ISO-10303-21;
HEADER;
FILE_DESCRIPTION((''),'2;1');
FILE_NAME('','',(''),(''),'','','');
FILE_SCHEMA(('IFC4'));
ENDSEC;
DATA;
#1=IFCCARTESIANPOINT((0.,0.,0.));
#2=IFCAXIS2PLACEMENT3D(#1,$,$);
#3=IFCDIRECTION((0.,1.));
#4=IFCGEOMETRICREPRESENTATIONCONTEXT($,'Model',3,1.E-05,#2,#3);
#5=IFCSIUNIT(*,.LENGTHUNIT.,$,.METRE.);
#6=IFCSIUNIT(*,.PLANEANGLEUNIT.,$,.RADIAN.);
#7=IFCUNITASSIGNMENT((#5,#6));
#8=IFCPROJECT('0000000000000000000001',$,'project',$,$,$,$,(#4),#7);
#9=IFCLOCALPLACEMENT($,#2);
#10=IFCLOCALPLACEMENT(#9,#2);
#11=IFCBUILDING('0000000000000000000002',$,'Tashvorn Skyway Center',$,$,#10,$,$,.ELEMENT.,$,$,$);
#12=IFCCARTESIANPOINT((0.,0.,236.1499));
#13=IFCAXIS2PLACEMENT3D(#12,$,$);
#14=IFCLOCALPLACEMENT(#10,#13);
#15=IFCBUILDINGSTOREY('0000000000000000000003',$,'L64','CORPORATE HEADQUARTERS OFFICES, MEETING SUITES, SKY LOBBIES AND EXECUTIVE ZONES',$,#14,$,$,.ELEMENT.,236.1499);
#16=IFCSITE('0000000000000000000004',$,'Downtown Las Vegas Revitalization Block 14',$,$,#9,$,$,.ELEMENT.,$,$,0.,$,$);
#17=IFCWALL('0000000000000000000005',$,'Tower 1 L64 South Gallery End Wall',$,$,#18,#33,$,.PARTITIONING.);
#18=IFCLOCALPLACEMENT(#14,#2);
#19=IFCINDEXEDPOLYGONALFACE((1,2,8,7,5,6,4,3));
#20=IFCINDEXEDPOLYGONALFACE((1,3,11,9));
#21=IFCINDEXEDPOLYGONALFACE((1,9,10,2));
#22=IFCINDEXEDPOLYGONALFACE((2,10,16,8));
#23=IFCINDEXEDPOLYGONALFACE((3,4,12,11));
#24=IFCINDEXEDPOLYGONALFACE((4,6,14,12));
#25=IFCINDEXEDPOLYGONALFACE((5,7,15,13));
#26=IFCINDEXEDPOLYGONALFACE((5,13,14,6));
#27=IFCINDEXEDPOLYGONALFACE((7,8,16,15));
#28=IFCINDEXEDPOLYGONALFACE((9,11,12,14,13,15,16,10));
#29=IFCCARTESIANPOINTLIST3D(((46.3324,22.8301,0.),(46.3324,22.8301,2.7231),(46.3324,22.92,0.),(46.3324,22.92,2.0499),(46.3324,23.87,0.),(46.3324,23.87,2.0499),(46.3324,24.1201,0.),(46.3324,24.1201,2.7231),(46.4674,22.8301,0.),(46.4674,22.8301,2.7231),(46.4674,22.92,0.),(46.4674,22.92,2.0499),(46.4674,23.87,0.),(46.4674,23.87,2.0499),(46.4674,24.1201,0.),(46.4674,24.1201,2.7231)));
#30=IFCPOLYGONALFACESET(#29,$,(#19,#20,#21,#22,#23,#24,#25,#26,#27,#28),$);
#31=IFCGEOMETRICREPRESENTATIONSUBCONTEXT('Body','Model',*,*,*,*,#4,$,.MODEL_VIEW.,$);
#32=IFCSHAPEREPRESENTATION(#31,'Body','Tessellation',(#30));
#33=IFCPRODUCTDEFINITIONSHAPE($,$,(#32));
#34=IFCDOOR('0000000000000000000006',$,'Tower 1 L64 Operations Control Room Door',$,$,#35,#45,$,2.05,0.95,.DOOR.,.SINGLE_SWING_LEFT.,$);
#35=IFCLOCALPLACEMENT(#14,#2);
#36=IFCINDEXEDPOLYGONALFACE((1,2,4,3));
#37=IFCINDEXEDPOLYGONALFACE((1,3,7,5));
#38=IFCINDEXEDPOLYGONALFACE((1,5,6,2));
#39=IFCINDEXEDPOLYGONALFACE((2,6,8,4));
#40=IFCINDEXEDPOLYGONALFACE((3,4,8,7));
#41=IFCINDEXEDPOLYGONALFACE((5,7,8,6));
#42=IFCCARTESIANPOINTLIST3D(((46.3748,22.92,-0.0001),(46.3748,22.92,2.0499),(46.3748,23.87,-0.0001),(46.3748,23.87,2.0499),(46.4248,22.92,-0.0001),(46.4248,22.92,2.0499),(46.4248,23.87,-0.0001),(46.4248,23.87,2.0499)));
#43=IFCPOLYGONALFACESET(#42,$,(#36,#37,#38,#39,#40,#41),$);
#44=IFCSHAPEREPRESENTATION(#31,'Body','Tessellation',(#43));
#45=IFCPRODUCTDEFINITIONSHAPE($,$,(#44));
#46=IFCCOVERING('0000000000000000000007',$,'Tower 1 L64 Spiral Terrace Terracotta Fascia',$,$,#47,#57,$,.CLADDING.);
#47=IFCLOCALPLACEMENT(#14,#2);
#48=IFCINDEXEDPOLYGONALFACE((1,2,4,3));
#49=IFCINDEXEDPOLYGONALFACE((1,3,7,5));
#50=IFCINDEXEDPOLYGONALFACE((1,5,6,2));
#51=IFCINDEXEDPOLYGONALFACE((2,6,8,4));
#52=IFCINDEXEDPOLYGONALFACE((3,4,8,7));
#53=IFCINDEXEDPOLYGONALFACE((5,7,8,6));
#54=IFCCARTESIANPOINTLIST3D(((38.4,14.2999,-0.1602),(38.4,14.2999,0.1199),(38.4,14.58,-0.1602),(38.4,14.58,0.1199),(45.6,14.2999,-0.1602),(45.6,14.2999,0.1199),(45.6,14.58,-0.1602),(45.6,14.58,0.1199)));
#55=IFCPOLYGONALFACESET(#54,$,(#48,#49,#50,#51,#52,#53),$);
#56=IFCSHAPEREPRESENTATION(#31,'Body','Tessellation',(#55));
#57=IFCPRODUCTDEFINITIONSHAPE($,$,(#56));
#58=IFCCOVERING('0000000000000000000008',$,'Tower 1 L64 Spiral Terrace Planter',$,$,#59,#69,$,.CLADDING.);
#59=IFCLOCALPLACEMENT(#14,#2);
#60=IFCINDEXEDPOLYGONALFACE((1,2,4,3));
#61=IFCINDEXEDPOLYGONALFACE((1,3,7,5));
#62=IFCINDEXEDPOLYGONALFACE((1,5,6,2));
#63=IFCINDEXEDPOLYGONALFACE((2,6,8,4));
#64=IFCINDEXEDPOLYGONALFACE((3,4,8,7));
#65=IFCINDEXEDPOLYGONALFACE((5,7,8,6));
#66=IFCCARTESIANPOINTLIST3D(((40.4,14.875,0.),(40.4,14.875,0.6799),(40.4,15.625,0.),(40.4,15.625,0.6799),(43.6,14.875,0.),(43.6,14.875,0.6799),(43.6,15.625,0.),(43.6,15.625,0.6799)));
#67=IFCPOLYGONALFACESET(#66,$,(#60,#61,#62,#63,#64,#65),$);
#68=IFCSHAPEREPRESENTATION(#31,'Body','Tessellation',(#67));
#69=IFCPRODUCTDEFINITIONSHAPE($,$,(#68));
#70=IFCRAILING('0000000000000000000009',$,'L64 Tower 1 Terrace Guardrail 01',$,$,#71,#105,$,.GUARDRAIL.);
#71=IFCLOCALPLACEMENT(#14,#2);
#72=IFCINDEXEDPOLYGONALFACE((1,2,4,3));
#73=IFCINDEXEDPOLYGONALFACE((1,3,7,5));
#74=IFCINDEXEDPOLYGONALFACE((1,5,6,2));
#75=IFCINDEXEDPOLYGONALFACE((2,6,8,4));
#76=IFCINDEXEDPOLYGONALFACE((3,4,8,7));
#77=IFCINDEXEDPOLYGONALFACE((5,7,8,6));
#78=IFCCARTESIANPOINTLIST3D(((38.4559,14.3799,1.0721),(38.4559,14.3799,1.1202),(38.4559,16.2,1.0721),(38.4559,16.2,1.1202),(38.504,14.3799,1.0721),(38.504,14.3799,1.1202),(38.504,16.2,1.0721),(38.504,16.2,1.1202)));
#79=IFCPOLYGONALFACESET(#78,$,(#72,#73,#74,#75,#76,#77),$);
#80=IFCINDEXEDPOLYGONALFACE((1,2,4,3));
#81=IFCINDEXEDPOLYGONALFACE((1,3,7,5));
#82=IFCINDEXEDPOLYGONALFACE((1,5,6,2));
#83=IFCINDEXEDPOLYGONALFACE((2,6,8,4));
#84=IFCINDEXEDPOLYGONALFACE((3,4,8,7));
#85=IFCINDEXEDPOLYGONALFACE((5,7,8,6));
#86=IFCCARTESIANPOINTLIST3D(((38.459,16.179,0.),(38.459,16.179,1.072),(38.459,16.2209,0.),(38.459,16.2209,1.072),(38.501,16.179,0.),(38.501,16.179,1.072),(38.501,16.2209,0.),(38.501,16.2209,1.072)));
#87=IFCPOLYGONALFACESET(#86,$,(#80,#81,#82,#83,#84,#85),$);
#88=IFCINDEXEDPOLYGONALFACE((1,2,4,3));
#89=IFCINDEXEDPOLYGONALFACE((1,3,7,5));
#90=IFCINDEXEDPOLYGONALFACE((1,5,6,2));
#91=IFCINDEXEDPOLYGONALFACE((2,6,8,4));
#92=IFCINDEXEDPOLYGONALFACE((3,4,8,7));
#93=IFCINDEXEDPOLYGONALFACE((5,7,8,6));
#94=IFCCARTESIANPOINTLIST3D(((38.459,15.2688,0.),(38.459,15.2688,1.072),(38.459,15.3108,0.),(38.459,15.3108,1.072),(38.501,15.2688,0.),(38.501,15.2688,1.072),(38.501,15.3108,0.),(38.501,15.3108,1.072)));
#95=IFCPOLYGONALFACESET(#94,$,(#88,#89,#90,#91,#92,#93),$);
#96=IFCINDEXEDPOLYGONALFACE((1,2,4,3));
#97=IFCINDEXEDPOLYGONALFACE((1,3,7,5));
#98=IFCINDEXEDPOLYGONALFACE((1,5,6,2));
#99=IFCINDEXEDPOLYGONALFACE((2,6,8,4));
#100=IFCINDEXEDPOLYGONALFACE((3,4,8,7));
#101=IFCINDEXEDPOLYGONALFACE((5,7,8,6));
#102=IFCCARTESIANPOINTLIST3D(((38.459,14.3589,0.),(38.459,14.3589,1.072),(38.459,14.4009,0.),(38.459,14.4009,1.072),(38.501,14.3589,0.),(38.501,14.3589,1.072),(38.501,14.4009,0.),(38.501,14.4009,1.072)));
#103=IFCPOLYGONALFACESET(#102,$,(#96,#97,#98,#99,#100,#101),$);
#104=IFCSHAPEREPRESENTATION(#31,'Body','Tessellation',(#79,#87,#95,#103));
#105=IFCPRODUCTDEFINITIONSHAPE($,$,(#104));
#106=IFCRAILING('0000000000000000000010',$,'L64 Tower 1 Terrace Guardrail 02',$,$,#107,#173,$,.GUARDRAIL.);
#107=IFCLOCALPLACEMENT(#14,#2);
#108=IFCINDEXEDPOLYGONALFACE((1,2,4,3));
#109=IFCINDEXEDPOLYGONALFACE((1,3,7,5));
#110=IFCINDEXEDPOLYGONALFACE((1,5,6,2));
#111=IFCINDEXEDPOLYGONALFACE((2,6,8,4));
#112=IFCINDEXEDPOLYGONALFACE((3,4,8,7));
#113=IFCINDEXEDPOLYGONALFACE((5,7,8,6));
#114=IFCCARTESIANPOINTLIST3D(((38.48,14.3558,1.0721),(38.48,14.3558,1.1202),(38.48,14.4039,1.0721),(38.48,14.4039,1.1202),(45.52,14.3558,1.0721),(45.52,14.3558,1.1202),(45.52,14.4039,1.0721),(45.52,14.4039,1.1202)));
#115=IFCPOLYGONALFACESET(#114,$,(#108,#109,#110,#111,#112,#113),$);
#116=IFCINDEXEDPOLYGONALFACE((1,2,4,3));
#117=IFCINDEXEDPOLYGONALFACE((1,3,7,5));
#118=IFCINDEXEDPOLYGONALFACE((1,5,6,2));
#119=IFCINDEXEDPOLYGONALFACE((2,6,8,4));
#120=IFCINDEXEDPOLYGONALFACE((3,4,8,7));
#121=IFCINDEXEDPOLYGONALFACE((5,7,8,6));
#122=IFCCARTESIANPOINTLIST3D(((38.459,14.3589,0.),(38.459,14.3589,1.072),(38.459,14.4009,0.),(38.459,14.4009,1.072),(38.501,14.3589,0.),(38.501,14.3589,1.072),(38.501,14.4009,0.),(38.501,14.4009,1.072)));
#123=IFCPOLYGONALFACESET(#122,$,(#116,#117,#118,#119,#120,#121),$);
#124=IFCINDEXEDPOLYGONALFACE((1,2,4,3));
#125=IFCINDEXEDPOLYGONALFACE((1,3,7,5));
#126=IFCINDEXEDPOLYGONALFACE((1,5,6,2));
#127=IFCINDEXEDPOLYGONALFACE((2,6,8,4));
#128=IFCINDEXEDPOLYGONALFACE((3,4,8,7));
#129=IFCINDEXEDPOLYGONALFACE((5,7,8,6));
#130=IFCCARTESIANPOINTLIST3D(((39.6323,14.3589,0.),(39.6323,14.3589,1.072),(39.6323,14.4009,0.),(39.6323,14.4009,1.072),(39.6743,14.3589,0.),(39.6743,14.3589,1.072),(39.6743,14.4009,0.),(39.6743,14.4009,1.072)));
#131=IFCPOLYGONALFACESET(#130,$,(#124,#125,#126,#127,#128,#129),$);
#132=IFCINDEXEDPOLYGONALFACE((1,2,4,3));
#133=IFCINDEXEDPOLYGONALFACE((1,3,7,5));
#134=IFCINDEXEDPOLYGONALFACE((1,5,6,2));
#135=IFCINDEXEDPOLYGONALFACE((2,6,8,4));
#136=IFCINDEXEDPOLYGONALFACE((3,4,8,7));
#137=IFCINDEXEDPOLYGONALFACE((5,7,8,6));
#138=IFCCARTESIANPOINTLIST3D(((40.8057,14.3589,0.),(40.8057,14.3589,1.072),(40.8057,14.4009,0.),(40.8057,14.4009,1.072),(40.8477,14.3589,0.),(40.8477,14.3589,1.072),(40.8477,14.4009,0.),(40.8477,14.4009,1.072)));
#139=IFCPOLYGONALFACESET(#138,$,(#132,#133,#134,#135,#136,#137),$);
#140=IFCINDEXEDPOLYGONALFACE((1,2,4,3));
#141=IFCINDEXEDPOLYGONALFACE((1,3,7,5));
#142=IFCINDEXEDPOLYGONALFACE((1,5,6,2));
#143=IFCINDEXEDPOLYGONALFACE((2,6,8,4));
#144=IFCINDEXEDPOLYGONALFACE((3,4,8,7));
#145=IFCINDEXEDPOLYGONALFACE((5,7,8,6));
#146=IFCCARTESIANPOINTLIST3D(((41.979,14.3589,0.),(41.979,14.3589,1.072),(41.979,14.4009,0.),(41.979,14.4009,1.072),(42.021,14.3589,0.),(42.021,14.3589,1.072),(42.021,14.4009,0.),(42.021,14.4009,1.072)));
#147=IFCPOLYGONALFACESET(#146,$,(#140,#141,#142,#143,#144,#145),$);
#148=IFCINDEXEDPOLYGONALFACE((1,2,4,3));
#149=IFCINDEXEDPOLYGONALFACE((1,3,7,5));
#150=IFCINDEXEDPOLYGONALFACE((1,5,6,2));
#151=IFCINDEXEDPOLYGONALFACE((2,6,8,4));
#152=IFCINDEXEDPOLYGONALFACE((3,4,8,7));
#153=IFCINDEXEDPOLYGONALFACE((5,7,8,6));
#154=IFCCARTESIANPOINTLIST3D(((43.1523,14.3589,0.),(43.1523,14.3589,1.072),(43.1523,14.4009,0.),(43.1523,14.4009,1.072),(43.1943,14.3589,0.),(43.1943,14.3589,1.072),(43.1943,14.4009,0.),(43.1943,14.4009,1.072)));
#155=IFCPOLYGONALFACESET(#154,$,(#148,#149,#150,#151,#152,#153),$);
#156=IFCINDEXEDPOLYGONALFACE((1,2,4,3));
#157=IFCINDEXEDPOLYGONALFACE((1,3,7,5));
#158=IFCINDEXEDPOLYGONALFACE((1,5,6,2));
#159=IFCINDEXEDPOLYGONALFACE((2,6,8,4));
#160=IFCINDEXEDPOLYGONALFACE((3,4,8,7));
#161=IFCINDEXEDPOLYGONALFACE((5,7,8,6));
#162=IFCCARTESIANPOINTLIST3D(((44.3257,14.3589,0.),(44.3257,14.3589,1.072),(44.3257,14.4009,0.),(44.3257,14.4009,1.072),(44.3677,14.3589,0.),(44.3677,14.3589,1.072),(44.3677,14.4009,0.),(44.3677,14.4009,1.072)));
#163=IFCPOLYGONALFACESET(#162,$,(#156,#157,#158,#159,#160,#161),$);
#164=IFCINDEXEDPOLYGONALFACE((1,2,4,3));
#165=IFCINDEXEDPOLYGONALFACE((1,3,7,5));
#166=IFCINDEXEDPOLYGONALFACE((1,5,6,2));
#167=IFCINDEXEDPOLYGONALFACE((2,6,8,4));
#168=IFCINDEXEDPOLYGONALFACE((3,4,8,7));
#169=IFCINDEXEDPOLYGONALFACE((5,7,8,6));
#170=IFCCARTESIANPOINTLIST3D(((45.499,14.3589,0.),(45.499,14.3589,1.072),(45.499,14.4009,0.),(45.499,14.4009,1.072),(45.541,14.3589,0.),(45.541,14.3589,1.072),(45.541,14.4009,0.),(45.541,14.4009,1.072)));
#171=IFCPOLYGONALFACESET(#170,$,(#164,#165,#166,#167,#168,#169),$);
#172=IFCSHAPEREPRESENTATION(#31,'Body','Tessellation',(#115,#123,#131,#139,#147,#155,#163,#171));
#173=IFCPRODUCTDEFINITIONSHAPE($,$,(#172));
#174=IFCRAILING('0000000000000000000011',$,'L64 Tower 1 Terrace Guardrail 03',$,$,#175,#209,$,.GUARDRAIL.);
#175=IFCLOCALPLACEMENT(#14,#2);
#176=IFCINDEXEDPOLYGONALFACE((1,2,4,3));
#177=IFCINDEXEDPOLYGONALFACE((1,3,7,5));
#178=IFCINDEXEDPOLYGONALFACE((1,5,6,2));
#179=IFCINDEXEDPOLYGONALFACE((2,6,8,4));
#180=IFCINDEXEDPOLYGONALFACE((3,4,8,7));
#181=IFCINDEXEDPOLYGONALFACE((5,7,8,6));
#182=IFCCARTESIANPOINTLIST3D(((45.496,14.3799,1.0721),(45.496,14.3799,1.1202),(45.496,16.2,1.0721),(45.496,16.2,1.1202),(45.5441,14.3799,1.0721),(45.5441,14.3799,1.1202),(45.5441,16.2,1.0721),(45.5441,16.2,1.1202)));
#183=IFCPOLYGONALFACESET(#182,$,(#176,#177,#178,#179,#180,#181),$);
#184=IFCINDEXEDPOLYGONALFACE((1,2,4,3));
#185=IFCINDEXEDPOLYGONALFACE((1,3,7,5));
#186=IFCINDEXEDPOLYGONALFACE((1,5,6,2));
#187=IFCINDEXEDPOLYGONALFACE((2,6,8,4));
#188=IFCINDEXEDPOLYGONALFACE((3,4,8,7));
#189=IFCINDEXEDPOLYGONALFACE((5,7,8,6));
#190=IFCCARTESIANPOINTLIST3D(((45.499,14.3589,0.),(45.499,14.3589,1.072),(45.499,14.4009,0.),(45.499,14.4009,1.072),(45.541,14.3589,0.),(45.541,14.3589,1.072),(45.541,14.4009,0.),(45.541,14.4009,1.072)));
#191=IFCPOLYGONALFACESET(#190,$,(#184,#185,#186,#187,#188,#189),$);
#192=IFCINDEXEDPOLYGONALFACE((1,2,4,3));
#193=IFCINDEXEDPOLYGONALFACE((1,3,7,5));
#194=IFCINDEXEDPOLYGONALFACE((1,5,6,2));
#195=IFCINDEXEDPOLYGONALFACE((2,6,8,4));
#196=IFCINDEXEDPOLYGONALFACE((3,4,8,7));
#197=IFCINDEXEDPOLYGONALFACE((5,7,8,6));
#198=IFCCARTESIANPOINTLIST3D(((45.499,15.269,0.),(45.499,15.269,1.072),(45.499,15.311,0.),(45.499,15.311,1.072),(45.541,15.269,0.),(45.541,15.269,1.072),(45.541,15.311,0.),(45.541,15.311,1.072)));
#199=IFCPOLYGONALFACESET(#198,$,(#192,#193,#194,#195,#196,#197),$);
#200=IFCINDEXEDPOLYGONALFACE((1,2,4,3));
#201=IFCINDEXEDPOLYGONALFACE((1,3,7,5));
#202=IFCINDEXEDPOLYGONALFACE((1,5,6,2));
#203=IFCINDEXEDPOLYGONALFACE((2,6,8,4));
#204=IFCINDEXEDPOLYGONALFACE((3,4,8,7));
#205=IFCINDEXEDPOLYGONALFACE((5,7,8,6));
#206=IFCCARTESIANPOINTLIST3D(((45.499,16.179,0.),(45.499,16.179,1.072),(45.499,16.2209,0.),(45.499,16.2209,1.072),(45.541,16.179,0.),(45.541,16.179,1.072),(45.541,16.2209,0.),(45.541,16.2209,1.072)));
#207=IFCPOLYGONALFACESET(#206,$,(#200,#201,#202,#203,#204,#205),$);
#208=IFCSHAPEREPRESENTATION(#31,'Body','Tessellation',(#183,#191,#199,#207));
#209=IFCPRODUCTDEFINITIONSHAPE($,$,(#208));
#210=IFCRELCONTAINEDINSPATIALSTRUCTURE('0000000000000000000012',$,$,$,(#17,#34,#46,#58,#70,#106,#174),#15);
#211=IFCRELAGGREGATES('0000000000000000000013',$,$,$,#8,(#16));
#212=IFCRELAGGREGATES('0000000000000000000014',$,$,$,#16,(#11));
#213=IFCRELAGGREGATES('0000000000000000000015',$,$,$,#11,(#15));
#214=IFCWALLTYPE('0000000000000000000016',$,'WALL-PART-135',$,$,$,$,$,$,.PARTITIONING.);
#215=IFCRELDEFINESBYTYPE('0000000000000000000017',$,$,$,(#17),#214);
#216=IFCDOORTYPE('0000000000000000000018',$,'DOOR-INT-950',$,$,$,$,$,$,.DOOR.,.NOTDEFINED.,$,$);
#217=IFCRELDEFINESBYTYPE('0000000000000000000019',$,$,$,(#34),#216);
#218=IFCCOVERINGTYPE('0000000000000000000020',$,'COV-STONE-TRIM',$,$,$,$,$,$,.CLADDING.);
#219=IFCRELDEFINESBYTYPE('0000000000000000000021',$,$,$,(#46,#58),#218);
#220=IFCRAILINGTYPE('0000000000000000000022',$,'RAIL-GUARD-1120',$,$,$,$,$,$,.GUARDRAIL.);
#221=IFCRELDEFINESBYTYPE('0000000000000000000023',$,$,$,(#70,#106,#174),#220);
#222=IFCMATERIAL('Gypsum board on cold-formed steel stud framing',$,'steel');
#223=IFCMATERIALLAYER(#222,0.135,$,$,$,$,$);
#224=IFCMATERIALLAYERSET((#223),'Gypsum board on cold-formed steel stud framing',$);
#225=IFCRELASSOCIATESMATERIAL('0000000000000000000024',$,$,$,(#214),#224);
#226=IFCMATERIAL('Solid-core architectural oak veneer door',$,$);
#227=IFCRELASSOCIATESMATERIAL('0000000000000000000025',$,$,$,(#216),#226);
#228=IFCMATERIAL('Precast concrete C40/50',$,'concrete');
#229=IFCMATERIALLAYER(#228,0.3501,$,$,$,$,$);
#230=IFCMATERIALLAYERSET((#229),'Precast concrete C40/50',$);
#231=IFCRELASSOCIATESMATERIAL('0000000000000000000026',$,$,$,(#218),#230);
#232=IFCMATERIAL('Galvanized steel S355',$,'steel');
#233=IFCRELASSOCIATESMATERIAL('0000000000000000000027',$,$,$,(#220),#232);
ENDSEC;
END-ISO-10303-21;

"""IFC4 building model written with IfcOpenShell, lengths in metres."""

from ifc_helpers import new_model, si_unit, direction, frame, frame_2d, origin, origin_2d, place, context, subcontext, project, spatial, rectangle, extrude, material, layer, layer_set, type_object, element, fill, save


model = new_model("IFC4")

# Units and contexts
model_context = context("Model", 3, precision=1e-05, world=origin(), true_north=direction((0.0, 1.0)))
body_context = subcontext(model_context, "Body", "Model", "MODEL_VIEW")
ifc_project = project(units=[si_unit("LENGTHUNIT", "METRE"), si_unit("PLANEANGLEUNIT", "RADIAN")], contexts=[model_context])

# Site, building, storey
site_placement = place(None, origin())
site = spatial("IfcSite", under=ifc_project, at=site_placement, Name="Downtown Las Vegas Revitalization Block 14", CompositionType="ELEMENT", RefElevation=0.0)
building_placement = place(site_placement, origin())
building = spatial("IfcBuilding", under=site, at=building_placement, Name="Tashvorn Skyway Center", CompositionType="ELEMENT")
storey_placement = place(building_placement, frame((0.0, 0.0, 236.1499)))
storey = spatial("IfcBuildingStorey", under=building, at=storey_placement, Name="L64", Description="CORPORATE HEADQUARTERS OFFICES, MEETING SUITES, SKY LOBBIES AND EXECUTIVE ZONES", CompositionType="ELEMENT", Elevation=236.1499)

# Shared definitions
ifc_material_1 = material(Name="Precast concrete C40/50", Category="concrete")

# Shared definitions
ifc_material_2 = material(Name="Gypsum board on cold-formed steel stud framing", Category="steel")

# Shared definitions
ifc_layer_1 = layer(ifc_material_2, 0.135)
ifc_layer_set_1 = layer_set([ifc_layer_1], Name="Gypsum board on cold-formed steel stud framing")
wall_type_1 = type_object("IfcWallType", Name="WALL-PART-135", PredefinedType="PARTITIONING", material=ifc_layer_set_1)
ifc_material_3 = material(Name="Solid-core architectural oak veneer door")
door_type_1 = type_object("IfcDoorType", Name="DOOR-INT-950", OperationType="NOTDEFINED", PredefinedType="DOOR", material=ifc_material_3)

# Wall, opening, door
wall_1_placement = place(storey_placement, frame((46.3999, 24.1201, 0.0), z_axis=(0.0, 0.0, 1.0), x_axis=(0.0, -1.0, 0.0)))
wall_1 = element("IfcWall", 1, at=wall_1_placement, inside=storey, type_object=wall_type_1, Name="Tower 1 L64 South Gallery End Wall", PredefinedType="PARTITIONING", context=body_context, shape_type="SweptSolid", body=[
    extrude(rectangle(XDim=1.29, YDim=0.135, at=frame_2d((0.645, 0.0))), origin(), (0.0, 0.0, 1.0), 2.7231),
])
opening_1_placement = place(wall_1_placement, frame((0.25, 0.0, 0.0)))
opening_1 = element("IfcOpeningElement", 2, at=opening_1_placement, cuts=wall_1, PredefinedType="OPENING", context=body_context, shape_type="SweptSolid", body=[
    extrude(rectangle(XDim=0.95, YDim=2.05, at=frame_2d((0.4751, 1.0249))), frame((0.0, 0.0774, 0.0), z_axis=(0.0, -1.0, 0.0), x_axis=(1.0, 0.0, 0.0)), (0.0, 0.0, 1.0), 0.155),
])
door_1_placement = place(opening_1_placement, origin())
door_1 = element("IfcDoor", 3, at=door_1_placement, inside=storey, type_object=door_type_1, Name="Tower 1 L64 Operations Control Room Door", OperationType="SINGLE_SWING_LEFT", OverallHeight=2.05, OverallWidth=0.95, PredefinedType="DOOR", context=body_context, shape_type="SweptSolid", body=[
    extrude(rectangle(XDim=0.95, YDim=2.05, at=frame_2d((0.4751, 1.0249))), frame((0.0, 0.0249, 0.0), z_axis=(0.0, -1.0, 0.0), x_axis=(1.0, 0.0, 0.0)), (0.0, 0.0, 1.0), 0.05),
])
fill(opening_1, door_1)

# Coverings
ifc_layer_2 = layer(ifc_material_1, 0.3501)
ifc_layer_set_2 = layer_set([ifc_layer_2], Name="Precast concrete C40/50")
covering_type = type_object("IfcCoveringType", Name="COV-STONE-TRIM", PredefinedType="CLADDING", material=ifc_layer_set_2)
covering_1_placement = place(storey_placement, frame((42.0, 14.4399, -0.1602), z_axis=(0.0, 0.0, 1.0), x_axis=(-1.0, 0.0, 0.0)))
element("IfcCovering", 4, at=covering_1_placement, inside=storey, type_object=covering_type, Name="Tower 1 L64 Spiral Terrace Terracotta Fascia", PredefinedType="CLADDING", context=body_context, shape_type="SweptSolid", body=[
    extrude(rectangle(XDim=7.2, YDim=0.28, at=origin_2d()), origin(), (0.0, 0.0, 1.0), 0.28),
])
covering_2_placement = place(storey_placement, frame((42.0, 15.25, 0.0), z_axis=(0.0, 0.0, 1.0), x_axis=(-1.0, 0.0, 0.0)))
element("IfcCovering", 5, at=covering_2_placement, inside=storey, type_object=covering_type, Name="Tower 1 L64 Spiral Terrace Planter", PredefinedType="CLADDING", context=body_context, shape_type="SweptSolid", body=[
    extrude(rectangle(XDim=3.2, YDim=0.75, at=origin_2d()), origin(), (0.0, 0.0, 1.0), 0.6799),
])

# Railings
ifc_material_4 = material(Name="Galvanized steel S355", Category="steel")
railing_type = type_object("IfcRailingType", Name="RAIL-GUARD-1120", PredefinedType="GUARDRAIL", material=ifc_material_4)
railing_1_placement = place(storey_placement, frame((38.48, 16.2, 0.0)))
element("IfcRailing", 6, at=railing_1_placement, inside=storey, type_object=railing_type, Name="L64 Tower 1 Terrace Guardrail 01", PredefinedType="GUARDRAIL", context=body_context, shape_type="SweptSolid", body=[
    extrude(rectangle(XDim=0.0481, YDim=0.0481, at=origin_2d()), frame((0.0, 0.0, 1.0962), z_axis=(0.0, -1.0, 0.0), x_axis=(1.0, 0.0, 0.0)), (0.0, 0.0, 1.0), 1.8201),
    extrude(rectangle(XDim=0.042, YDim=0.042, at=origin_2d()), origin(), (0.0, 0.0, 1.0), 1.072),
    extrude(rectangle(XDim=0.042, YDim=0.042, at=origin_2d()), frame((0.0, -0.9102, 0.0)), (0.0, 0.0, 1.0), 1.072),
    extrude(rectangle(XDim=0.042, YDim=0.042, at=origin_2d()), frame((0.0, -1.8201, 0.0)), (0.0, 0.0, 1.0), 1.072),
])
railing_2_placement = place(storey_placement, frame((38.48, 14.3799, 0.0)))
element("IfcRailing", 7, at=railing_2_placement, inside=storey, type_object=railing_type, Name="L64 Tower 1 Terrace Guardrail 02", PredefinedType="GUARDRAIL", context=body_context, shape_type="SweptSolid", body=[
    extrude(rectangle(XDim=0.0481, YDim=0.0481, at=origin_2d()), frame((0.0, 0.0, 1.0962), z_axis=(1.0, 0.0, 0.0), x_axis=(0.0, 1.0, 0.0)), (0.0, 0.0, 1.0), 7.04),
    extrude(rectangle(XDim=0.042, YDim=0.042, at=origin_2d()), origin(), (0.0, 0.0, 1.0), 1.072),
    extrude(rectangle(XDim=0.042, YDim=0.042, at=origin_2d()), frame((1.1733, 0.0, 0.0)), (0.0, 0.0, 1.0), 1.072),
    extrude(rectangle(XDim=0.042, YDim=0.042, at=origin_2d()), frame((2.3467, 0.0, 0.0)), (0.0, 0.0, 1.0), 1.072),
    extrude(rectangle(XDim=0.042, YDim=0.042, at=origin_2d()), frame((3.52, 0.0, 0.0)), (0.0, 0.0, 1.0), 1.072),
    extrude(rectangle(XDim=0.042, YDim=0.042, at=origin_2d()), frame((4.6934, 0.0, 0.0)), (0.0, 0.0, 1.0), 1.072),
    extrude(rectangle(XDim=0.042, YDim=0.042, at=origin_2d()), frame((5.8667, 0.0, 0.0)), (0.0, 0.0, 1.0), 1.072),
    extrude(rectangle(XDim=0.042, YDim=0.042, at=origin_2d()), frame((7.04, 0.0, 0.0)), (0.0, 0.0, 1.0), 1.072),
])
railing_3_placement = place(storey_placement, frame((45.52, 14.3799, 0.0)))
element("IfcRailing", 8, at=railing_3_placement, inside=storey, type_object=railing_type, Name="L64 Tower 1 Terrace Guardrail 03", PredefinedType="GUARDRAIL", context=body_context, shape_type="SweptSolid", body=[
    extrude(rectangle(XDim=0.0481, YDim=0.0481, at=origin_2d()), frame((0.0, 0.0, 1.0962), z_axis=(0.0, 1.0, 0.0), x_axis=(-1.0, 0.0, 0.0)), (0.0, 0.0, 1.0), 1.8201),
    extrude(rectangle(XDim=0.042, YDim=0.042, at=origin_2d()), origin(), (0.0, 0.0, 1.0), 1.072),
    extrude(rectangle(XDim=0.042, YDim=0.042, at=origin_2d()), frame((0.0, 0.9102, 0.0)), (0.0, 0.0, 1.0), 1.072),
    extrude(rectangle(XDim=0.042, YDim=0.042, at=origin_2d()), frame((0.0, 1.8201, 0.0)), (0.0, 0.0, 1.0), 1.072),
])

save(model, "model.ifc")
